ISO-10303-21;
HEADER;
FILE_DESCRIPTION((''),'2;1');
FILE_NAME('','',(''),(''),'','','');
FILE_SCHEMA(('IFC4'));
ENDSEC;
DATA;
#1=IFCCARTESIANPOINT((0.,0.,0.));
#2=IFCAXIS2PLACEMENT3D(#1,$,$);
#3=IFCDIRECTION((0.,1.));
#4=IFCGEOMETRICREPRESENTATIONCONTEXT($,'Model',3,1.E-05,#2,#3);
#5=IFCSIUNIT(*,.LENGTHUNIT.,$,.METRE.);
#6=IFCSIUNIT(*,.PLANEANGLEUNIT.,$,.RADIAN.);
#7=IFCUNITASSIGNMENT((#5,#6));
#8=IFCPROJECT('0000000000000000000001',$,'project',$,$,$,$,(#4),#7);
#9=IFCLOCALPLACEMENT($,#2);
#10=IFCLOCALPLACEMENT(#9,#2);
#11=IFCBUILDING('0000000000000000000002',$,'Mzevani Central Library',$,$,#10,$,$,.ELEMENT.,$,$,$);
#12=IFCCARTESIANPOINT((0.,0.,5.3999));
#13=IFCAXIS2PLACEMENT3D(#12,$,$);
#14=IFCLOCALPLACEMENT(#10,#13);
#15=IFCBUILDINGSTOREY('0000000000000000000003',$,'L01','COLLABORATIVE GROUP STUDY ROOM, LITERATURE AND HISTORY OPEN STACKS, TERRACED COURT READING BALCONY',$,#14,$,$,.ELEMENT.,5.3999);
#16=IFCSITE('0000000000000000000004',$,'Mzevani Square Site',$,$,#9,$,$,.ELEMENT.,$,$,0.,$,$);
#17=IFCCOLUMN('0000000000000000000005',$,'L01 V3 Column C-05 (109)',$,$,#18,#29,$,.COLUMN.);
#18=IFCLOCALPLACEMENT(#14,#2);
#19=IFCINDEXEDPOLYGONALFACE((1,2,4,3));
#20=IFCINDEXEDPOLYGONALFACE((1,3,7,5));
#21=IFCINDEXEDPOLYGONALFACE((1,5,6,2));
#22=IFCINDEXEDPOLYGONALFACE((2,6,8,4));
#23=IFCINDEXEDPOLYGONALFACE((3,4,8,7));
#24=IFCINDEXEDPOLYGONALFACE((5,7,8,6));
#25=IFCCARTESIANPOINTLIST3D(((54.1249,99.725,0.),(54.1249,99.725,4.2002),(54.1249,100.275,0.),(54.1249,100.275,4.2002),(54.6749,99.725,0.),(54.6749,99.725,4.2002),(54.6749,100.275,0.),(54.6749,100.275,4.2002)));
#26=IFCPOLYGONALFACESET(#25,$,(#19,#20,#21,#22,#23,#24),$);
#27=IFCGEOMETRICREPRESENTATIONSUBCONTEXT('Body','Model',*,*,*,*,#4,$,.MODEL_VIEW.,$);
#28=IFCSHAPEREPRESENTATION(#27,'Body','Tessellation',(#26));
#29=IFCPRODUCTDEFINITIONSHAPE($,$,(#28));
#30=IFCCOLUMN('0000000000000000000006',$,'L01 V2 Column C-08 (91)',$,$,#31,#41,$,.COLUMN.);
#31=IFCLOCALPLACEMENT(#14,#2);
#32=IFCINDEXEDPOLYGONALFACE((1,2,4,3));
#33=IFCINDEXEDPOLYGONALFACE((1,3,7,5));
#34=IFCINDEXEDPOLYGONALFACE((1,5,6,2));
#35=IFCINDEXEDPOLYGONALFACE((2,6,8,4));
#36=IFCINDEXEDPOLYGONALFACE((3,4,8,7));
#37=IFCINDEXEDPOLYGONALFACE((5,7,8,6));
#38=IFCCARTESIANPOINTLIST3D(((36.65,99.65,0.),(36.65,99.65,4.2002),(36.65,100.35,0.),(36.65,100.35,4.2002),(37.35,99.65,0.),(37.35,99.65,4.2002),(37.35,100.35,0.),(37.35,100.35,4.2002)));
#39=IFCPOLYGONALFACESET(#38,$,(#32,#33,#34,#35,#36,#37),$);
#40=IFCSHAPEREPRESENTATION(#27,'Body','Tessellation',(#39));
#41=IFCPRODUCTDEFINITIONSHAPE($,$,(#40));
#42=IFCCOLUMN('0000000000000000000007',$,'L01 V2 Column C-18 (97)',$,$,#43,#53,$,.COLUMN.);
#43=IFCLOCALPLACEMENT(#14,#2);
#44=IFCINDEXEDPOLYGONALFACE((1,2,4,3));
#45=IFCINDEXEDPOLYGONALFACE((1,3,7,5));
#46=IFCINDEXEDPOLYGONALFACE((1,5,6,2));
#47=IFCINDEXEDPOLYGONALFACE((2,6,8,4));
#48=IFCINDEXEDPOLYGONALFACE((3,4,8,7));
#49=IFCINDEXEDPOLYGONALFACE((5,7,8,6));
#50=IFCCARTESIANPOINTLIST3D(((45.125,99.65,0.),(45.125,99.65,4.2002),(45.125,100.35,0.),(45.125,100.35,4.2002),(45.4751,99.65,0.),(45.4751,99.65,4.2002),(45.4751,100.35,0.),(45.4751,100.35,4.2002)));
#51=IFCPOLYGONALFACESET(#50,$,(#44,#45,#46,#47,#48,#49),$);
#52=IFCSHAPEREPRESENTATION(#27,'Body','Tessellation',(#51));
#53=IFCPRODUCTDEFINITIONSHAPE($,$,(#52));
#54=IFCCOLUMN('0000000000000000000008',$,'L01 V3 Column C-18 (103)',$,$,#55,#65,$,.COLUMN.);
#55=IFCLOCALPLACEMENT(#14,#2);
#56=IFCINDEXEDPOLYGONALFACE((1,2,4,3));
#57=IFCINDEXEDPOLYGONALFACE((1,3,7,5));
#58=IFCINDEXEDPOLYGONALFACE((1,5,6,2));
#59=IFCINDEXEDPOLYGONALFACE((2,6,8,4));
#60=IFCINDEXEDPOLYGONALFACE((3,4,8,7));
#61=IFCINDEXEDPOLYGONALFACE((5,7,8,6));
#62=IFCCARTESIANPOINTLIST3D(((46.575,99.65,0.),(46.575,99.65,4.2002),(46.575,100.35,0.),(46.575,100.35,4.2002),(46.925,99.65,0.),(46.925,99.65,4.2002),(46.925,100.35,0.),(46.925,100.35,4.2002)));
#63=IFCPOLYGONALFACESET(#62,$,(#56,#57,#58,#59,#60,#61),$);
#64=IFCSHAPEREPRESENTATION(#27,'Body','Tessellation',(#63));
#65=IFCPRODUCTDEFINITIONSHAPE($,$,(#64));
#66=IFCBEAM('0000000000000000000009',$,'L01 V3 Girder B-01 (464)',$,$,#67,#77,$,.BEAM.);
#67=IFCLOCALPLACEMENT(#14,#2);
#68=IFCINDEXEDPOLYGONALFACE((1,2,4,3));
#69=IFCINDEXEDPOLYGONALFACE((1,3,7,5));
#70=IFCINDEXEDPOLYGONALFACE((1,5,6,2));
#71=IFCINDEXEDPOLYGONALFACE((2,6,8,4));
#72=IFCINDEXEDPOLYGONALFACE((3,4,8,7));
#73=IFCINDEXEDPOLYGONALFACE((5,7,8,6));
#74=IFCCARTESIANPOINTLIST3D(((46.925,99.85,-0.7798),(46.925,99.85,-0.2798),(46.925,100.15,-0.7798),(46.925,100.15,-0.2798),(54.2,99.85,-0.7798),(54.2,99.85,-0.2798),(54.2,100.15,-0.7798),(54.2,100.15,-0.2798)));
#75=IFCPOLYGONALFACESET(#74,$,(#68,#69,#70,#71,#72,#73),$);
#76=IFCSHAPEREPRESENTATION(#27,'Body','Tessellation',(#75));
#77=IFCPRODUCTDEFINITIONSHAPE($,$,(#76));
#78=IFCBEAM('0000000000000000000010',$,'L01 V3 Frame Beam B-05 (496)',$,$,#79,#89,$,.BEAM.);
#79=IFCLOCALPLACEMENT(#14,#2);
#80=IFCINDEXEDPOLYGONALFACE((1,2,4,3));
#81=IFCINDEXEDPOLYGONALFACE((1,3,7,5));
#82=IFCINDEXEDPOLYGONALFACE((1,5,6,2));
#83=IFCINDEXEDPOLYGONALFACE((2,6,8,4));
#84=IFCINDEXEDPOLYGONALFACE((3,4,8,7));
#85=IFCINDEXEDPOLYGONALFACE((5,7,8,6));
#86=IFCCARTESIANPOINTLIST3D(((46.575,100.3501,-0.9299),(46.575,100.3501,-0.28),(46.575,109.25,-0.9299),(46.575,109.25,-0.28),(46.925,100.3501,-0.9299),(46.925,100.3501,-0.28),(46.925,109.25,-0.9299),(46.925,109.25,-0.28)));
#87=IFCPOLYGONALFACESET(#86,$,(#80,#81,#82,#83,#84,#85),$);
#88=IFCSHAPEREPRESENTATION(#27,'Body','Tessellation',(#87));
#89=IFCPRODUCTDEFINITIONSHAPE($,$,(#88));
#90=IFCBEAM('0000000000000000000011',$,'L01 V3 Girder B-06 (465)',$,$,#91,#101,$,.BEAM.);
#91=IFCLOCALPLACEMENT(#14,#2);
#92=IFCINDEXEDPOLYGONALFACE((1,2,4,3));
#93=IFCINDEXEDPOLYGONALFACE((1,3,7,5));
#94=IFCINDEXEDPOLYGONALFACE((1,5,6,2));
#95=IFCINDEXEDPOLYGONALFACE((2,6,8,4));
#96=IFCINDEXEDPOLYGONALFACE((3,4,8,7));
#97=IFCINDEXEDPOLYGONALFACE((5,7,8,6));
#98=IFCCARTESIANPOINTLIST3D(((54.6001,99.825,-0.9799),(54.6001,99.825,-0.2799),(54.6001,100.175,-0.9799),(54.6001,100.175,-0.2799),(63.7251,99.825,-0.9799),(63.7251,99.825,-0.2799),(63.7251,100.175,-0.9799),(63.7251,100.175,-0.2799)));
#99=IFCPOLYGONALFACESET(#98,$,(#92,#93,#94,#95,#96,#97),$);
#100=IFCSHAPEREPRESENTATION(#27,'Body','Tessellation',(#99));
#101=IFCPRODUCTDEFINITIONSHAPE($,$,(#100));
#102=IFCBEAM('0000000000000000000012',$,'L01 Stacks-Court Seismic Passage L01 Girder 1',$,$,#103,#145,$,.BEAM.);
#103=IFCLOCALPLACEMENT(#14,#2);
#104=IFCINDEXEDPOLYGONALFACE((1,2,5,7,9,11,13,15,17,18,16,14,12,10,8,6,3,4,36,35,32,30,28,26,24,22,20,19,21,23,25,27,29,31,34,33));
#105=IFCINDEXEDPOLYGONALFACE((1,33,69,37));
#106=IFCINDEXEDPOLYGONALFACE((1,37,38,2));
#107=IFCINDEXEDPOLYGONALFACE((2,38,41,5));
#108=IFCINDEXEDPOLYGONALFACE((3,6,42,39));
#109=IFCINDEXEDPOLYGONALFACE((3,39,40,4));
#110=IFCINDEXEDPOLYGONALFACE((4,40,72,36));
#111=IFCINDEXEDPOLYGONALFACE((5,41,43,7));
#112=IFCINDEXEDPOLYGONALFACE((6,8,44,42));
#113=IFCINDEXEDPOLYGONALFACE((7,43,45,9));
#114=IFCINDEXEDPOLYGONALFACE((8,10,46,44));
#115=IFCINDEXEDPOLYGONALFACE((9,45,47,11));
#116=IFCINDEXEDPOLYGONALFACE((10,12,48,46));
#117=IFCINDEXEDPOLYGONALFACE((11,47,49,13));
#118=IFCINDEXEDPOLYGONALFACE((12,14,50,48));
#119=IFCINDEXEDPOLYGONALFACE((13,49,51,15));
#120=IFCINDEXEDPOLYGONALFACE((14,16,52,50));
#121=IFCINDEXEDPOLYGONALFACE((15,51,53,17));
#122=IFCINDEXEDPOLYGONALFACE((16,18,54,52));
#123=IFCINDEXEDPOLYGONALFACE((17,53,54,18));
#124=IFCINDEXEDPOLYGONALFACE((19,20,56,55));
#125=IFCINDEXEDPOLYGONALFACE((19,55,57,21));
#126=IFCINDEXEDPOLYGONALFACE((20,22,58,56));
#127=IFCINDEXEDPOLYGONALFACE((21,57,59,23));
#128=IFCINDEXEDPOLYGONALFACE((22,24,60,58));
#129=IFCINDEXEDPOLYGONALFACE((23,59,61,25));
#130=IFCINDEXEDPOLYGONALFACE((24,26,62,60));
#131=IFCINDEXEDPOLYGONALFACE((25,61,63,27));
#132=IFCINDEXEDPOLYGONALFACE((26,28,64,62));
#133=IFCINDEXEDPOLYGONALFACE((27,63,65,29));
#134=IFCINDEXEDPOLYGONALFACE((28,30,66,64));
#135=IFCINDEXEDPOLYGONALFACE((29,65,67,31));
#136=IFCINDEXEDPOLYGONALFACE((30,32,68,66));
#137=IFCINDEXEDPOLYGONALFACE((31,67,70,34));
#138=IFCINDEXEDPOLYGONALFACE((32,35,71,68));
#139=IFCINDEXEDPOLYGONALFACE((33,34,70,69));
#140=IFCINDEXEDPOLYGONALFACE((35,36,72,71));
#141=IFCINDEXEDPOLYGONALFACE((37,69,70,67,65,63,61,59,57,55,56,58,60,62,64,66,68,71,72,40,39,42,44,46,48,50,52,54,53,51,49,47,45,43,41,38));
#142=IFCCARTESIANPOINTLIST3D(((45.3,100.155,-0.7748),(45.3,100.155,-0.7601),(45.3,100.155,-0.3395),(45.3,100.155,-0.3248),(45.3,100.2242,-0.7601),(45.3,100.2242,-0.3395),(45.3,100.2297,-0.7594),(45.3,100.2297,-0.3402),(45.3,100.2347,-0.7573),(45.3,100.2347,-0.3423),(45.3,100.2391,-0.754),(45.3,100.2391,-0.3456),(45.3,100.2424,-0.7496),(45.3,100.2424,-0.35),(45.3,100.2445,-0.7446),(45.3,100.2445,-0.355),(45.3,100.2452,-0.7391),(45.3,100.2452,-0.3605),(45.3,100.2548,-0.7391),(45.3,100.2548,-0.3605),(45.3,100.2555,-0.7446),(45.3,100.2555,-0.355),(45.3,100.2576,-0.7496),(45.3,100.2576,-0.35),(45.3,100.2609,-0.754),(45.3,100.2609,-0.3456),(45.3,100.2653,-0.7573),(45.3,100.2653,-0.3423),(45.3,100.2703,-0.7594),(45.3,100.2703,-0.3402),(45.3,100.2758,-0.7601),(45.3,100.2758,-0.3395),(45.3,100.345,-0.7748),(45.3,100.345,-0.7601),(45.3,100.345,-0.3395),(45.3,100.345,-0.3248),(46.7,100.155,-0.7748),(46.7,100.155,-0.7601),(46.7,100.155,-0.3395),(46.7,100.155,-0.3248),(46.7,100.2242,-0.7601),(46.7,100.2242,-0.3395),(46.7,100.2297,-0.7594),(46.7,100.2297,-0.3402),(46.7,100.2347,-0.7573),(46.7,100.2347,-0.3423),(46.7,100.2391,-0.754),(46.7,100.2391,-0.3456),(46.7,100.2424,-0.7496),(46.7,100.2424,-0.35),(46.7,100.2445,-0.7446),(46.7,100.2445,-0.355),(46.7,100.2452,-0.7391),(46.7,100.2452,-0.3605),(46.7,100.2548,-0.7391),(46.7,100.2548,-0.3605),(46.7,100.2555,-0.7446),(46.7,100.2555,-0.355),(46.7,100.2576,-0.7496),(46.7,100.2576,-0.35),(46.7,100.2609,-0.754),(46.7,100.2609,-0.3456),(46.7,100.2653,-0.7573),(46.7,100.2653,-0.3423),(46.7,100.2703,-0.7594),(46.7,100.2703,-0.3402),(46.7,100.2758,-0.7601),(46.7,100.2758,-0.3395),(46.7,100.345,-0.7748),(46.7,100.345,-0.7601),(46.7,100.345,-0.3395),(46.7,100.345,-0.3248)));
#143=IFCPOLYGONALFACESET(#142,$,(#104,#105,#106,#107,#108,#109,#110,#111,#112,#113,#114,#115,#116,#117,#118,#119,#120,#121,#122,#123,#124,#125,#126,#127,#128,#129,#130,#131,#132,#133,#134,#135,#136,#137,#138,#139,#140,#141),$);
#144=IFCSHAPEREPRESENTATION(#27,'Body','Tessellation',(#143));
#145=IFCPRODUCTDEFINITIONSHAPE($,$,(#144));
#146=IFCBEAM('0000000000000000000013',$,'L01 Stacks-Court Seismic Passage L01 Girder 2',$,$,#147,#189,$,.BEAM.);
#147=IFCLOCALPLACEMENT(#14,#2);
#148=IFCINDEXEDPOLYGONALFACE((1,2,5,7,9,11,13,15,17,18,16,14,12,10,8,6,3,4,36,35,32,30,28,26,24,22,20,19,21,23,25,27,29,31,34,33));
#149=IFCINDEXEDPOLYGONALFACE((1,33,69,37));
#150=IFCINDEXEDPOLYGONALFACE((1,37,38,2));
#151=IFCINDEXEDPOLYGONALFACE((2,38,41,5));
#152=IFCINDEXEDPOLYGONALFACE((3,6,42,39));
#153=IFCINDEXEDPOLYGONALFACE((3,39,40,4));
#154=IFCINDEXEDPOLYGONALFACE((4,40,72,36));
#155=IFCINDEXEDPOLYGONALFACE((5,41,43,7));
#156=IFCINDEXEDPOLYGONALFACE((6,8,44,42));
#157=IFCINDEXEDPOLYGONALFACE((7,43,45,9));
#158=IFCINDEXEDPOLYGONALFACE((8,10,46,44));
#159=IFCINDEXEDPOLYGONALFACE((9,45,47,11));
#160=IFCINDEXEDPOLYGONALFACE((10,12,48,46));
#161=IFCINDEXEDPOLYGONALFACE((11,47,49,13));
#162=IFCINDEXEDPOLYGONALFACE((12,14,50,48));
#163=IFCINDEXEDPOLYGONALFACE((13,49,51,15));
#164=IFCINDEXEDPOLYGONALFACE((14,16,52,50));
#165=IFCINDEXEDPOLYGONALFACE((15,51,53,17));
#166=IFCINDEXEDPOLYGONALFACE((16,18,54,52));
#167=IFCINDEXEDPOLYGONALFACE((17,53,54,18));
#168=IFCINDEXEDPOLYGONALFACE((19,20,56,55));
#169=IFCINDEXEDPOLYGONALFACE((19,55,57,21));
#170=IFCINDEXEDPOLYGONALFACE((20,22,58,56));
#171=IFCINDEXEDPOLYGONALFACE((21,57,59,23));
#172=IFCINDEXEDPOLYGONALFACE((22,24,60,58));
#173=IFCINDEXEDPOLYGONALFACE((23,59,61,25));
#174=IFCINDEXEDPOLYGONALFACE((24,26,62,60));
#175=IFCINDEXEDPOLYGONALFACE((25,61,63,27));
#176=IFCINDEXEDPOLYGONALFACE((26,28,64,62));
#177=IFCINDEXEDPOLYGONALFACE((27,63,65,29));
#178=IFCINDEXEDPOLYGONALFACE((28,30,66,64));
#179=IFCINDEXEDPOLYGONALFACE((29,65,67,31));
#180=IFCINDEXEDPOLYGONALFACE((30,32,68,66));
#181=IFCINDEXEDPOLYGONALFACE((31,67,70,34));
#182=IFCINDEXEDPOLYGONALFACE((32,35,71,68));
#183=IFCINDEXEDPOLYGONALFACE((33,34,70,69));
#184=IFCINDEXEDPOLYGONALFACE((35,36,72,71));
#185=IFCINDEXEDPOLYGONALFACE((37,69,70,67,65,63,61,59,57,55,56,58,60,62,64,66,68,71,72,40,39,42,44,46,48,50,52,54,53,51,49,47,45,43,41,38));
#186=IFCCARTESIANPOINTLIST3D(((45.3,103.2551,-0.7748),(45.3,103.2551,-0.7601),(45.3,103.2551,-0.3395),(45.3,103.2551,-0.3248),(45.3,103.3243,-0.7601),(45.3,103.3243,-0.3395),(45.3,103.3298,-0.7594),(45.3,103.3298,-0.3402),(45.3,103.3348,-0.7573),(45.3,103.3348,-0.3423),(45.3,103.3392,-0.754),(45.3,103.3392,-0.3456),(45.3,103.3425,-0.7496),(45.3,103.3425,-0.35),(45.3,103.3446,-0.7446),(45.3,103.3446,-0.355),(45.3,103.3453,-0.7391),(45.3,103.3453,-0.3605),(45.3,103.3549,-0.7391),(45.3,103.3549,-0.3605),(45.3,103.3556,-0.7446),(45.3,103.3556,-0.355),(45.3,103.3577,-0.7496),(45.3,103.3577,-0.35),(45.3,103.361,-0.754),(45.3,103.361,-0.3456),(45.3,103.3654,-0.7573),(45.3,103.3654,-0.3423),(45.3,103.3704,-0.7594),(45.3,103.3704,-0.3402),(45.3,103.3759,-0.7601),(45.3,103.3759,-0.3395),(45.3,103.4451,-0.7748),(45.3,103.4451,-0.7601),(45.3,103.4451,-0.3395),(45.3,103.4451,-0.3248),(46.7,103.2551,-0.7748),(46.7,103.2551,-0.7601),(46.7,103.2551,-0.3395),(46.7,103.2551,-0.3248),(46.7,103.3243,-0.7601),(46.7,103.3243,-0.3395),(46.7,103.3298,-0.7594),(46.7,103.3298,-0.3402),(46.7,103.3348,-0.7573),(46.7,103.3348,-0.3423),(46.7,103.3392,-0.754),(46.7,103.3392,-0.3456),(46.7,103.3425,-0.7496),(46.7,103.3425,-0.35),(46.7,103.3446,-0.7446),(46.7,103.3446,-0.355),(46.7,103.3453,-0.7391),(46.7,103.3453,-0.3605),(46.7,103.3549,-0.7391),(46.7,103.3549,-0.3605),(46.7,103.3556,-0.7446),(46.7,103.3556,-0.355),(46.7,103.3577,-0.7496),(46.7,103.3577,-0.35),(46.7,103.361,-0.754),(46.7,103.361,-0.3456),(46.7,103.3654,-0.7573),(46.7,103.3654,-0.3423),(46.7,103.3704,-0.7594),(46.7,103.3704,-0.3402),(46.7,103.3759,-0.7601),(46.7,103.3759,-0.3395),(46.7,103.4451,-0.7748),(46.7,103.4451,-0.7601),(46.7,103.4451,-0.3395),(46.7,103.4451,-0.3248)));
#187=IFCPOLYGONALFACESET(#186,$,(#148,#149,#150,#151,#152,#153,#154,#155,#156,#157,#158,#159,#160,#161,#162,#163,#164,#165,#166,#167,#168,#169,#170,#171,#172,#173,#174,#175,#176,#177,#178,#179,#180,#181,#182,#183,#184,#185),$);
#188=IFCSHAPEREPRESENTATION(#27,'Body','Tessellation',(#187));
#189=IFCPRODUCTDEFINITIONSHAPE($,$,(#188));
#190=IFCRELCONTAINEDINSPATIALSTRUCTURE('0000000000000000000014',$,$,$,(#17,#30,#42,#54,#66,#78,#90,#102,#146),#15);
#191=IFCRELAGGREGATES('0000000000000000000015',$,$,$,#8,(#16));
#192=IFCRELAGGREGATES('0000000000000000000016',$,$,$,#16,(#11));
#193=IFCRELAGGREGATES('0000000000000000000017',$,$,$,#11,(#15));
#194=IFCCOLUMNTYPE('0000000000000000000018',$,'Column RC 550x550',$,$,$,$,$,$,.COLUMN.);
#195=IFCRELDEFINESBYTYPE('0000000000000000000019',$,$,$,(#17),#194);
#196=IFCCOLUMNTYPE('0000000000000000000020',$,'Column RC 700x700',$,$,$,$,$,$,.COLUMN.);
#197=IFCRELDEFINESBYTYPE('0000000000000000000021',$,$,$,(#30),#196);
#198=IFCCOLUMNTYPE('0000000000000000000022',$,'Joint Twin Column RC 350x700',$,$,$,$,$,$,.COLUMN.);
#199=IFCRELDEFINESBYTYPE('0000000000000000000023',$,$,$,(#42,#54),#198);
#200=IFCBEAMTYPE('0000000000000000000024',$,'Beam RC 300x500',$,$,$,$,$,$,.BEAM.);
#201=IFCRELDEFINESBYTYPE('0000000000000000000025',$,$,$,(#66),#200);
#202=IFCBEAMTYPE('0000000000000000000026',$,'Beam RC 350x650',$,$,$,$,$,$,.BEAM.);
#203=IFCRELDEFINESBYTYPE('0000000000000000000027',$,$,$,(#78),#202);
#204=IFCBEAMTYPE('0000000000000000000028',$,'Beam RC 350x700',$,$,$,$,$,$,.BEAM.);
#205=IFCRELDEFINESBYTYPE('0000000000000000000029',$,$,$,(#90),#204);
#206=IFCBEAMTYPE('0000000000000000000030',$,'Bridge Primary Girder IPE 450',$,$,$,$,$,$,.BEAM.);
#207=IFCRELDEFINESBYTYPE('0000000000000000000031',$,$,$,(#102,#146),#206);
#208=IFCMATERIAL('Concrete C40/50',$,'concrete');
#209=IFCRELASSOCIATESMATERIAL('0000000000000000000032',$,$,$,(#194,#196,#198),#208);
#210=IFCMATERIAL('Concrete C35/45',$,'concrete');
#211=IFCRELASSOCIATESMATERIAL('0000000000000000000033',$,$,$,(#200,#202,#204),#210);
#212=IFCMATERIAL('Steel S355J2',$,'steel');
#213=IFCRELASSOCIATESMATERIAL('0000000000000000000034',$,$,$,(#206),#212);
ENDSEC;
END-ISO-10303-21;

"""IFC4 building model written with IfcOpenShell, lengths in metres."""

from ifc_helpers import new_model, si_unit, direction, frame, origin, origin_2d, place, context, subcontext, project, spatial, rectangle, i_section, extrude, material, material_profile, profile_set, type_object, element, save


model = new_model("IFC4")

# Units and contexts
model_context = context("Model", 3, precision=1e-05, world=origin(), true_north=direction((0.0, 1.0)))
body_context = subcontext(model_context, "Body", "Model", "MODEL_VIEW")
ifc_project = project(units=[si_unit("LENGTHUNIT", "METRE"), si_unit("PLANEANGLEUNIT", "RADIAN")], contexts=[model_context])

# Site, building, storey
site_placement = place(None, origin())
site = spatial("IfcSite", under=ifc_project, at=site_placement, Name="Mzevani Square Site", CompositionType="ELEMENT", RefElevation=0.0)
building_placement = place(site_placement, origin())
building = spatial("IfcBuilding", under=site, at=building_placement, Name="Mzevani Central Library", CompositionType="ELEMENT")
storey_placement = place(building_placement, frame((0.0, 0.0, 5.3999)))
storey = spatial("IfcBuildingStorey", under=building, at=storey_placement, Name="L01", Description="COLLABORATIVE GROUP STUDY ROOM, LITERATURE AND HISTORY OPEN STACKS, TERRACED COURT READING BALCONY", CompositionType="ELEMENT", Elevation=5.3999)

# Columns
ifc_material_1 = material(Name="Concrete C40/50", Category="concrete")
ifc_material_profile_1 = material_profile(ifc_material_1, rectangle(XDim=0.55, YDim=0.55, at=origin_2d()), Name="RC 550x550")
ifc_profile_set_1 = profile_set([ifc_material_profile_1], Name="Concrete C40/50")
column_type_1 = type_object("IfcColumnType", Name="Column RC 550x550", PredefinedType="COLUMN", material=ifc_profile_set_1)
column_1_placement = place(storey_placement, frame((54.3999, 100.0, 0.0), z_axis=(0.0, 0.0, 1.0), x_axis=(1.0, 0.0, 0.0)))
element("IfcColumn", 1, at=column_1_placement, inside=storey, type_object=column_type_1, Name="L01 V3 Column C-05 (109)", PredefinedType="COLUMN", context=body_context, shape_type="SweptSolid", body=[
    extrude(rectangle(XDim=0.55, YDim=0.55, at=origin_2d()), origin(), (0.0, 0.0, 1.0), 4.2002),
])
ifc_material_profile_2 = material_profile(ifc_material_1, rectangle(XDim=0.7, YDim=0.7, at=origin_2d()), Name="RC 700x700")
ifc_profile_set_2 = profile_set([ifc_material_profile_2], Name="Concrete C40/50")
column_type_2 = type_object("IfcColumnType", Name="Column RC 700x700", PredefinedType="COLUMN", material=ifc_profile_set_2)
column_2_placement = place(storey_placement, frame((37.0, 100.0, 0.0), z_axis=(0.0, 0.0, 1.0), x_axis=(1.0, 0.0, 0.0)))
element("IfcColumn", 2, at=column_2_placement, inside=storey, type_object=column_type_2, Name="L01 V2 Column C-08 (91)", PredefinedType="COLUMN", context=body_context, shape_type="SweptSolid", body=[
    extrude(rectangle(XDim=0.7, YDim=0.7, at=origin_2d()), origin(), (0.0, 0.0, 1.0), 4.2002),
])
ifc_material_profile_3 = material_profile(ifc_material_1, rectangle(XDim=0.3501, YDim=0.7, at=origin_2d()), Name="RC 350x700")
ifc_profile_set_3 = profile_set([ifc_material_profile_3], Name="Concrete C40/50")
column_type_3 = type_object("IfcColumnType", Name="Joint Twin Column RC 350x700", PredefinedType="COLUMN", material=ifc_profile_set_3)
for number, where, z_axis, x_axis, name in (
    (3, (45.3, 100.0, 0.0), (0.0, 0.0, 1.0), (1.0, 0.0, 0.0), "L01 V2 Column C-18 (97)"),
    (4, (46.75, 100.0, 0.0), (0.0, 0.0, 1.0), (1.0, 0.0, 0.0), "L01 V3 Column C-18 (103)"),
):
    element("IfcColumn", number, at=place(storey_placement, frame(where, z_axis=z_axis, x_axis=x_axis)), inside=storey, type_object=column_type_3, Name=name, PredefinedType="COLUMN", context=body_context, shape_type="SweptSolid", body=[
        extrude(rectangle(XDim=0.3501, YDim=0.7, at=origin_2d()), origin(), (0.0, 0.0, 1.0), 4.2002),
    ])

# Beams
ifc_material_2 = material(Name="Concrete C35/45", Category="concrete")
ifc_material_profile_4 = material_profile(ifc_material_2, rectangle(XDim=0.3, YDim=0.5, at=origin_2d()), Name="RC B300x500")
ifc_profile_set_4 = profile_set([ifc_material_profile_4], Name="Concrete C35/45")
beam_type_1 = type_object("IfcBeamType", Name="Beam RC 300x500", PredefinedType="BEAM", material=ifc_profile_set_4)
beam_1_placement = place(storey_placement, frame((46.925, 100.0, -0.5298), z_axis=(1.0, 0.0, 0.0), x_axis=(0.0, 1.0, 0.0)))
element("IfcBeam", 5, at=beam_1_placement, inside=storey, type_object=beam_type_1, Name="L01 V3 Girder B-01 (464)", PredefinedType="BEAM", context=body_context, shape_type="SweptSolid", body=[
    extrude(rectangle(XDim=0.3, YDim=0.5, at=origin_2d()), origin(), (0.0, 0.0, 1.0), 7.2749),
])
ifc_material_profile_5 = material_profile(ifc_material_2, rectangle(XDim=0.3501, YDim=0.6499, at=origin_2d()), Name="RC B350x650")
ifc_profile_set_5 = profile_set([ifc_material_profile_5], Name="Concrete C35/45")
beam_type_2 = type_object("IfcBeamType", Name="Beam RC 350x650", PredefinedType="BEAM", material=ifc_profile_set_5)
beam_2_placement = place(storey_placement, frame((46.75, 100.3501, -0.605), z_axis=(0.0, 1.0, 0.0), x_axis=(-1.0, 0.0, 0.0)))
element("IfcBeam", 6, at=beam_2_placement, inside=storey, type_object=beam_type_2, Name="L01 V3 Frame Beam B-05 (496)", PredefinedType="BEAM", context=body_context, shape_type="SweptSolid", body=[
    extrude(rectangle(XDim=0.3501, YDim=0.6499, at=origin_2d()), origin(), (0.0, 0.0, 1.0), 8.8999),
])
ifc_material_profile_6 = material_profile(ifc_material_2, rectangle(XDim=0.3501, YDim=0.7, at=origin_2d()), Name="RC B350x700")
ifc_profile_set_6 = profile_set([ifc_material_profile_6], Name="Concrete C35/45")
beam_type_3 = type_object("IfcBeamType", Name="Beam RC 350x700", PredefinedType="BEAM", material=ifc_profile_set_6)
beam_3_placement = place(storey_placement, frame((54.6001, 100.0, -0.6299), z_axis=(1.0, 0.0, 0.0), x_axis=(0.0, 1.0, 0.0)))
element("IfcBeam", 7, at=beam_3_placement, inside=storey, type_object=beam_type_3, Name="L01 V3 Girder B-06 (465)", PredefinedType="BEAM", context=body_context, shape_type="SweptSolid", body=[
    extrude(rectangle(XDim=0.3501, YDim=0.7, at=origin_2d()), origin(), (0.0, 0.0, 1.0), 9.125),
])
ifc_material_3 = material(Name="Steel S355J2", Category="steel")
ifc_material_profile_7 = material_profile(ifc_material_3, i_section(OverallWidth=0.1899, OverallDepth=0.45, WebThickness=0.0095, FlangeThickness=0.0146, FilletRadius=0.021, at=origin_2d()), Name="IPE 450")
ifc_profile_set_7 = profile_set([ifc_material_profile_7], Name="Steel S355J2")
beam_type_4 = type_object("IfcBeamType", Name="Bridge Primary Girder IPE 450", PredefinedType="BEAM", material=ifc_profile_set_7)
for number, where, z_axis, x_axis, name in (
    (8, (45.3, 100.25, -0.5498), (1.0, 0.0, 0.0), (0.0, 1.0, 0.0), "L01 Stacks-Court Seismic Passage L01 Girder 1"),
    (9, (45.3, 103.3501, -0.5498), (1.0, 0.0, 0.0), (0.0, 1.0, 0.0), "L01 Stacks-Court Seismic Passage L01 Girder 2"),
):
    element("IfcBeam", number, at=place(storey_placement, frame(where, z_axis=z_axis, x_axis=x_axis)), inside=storey, type_object=beam_type_4, Name=name, PredefinedType="BEAM", context=body_context, shape_type="SweptSolid", body=[
        extrude(i_section(OverallWidth=0.1899, OverallDepth=0.45, WebThickness=0.0095, FlangeThickness=0.0146, FilletRadius=0.021, at=origin_2d()), origin(), (0.0, 0.0, 1.0), 1.3999),
    ])

save(model, "model.ifc")
